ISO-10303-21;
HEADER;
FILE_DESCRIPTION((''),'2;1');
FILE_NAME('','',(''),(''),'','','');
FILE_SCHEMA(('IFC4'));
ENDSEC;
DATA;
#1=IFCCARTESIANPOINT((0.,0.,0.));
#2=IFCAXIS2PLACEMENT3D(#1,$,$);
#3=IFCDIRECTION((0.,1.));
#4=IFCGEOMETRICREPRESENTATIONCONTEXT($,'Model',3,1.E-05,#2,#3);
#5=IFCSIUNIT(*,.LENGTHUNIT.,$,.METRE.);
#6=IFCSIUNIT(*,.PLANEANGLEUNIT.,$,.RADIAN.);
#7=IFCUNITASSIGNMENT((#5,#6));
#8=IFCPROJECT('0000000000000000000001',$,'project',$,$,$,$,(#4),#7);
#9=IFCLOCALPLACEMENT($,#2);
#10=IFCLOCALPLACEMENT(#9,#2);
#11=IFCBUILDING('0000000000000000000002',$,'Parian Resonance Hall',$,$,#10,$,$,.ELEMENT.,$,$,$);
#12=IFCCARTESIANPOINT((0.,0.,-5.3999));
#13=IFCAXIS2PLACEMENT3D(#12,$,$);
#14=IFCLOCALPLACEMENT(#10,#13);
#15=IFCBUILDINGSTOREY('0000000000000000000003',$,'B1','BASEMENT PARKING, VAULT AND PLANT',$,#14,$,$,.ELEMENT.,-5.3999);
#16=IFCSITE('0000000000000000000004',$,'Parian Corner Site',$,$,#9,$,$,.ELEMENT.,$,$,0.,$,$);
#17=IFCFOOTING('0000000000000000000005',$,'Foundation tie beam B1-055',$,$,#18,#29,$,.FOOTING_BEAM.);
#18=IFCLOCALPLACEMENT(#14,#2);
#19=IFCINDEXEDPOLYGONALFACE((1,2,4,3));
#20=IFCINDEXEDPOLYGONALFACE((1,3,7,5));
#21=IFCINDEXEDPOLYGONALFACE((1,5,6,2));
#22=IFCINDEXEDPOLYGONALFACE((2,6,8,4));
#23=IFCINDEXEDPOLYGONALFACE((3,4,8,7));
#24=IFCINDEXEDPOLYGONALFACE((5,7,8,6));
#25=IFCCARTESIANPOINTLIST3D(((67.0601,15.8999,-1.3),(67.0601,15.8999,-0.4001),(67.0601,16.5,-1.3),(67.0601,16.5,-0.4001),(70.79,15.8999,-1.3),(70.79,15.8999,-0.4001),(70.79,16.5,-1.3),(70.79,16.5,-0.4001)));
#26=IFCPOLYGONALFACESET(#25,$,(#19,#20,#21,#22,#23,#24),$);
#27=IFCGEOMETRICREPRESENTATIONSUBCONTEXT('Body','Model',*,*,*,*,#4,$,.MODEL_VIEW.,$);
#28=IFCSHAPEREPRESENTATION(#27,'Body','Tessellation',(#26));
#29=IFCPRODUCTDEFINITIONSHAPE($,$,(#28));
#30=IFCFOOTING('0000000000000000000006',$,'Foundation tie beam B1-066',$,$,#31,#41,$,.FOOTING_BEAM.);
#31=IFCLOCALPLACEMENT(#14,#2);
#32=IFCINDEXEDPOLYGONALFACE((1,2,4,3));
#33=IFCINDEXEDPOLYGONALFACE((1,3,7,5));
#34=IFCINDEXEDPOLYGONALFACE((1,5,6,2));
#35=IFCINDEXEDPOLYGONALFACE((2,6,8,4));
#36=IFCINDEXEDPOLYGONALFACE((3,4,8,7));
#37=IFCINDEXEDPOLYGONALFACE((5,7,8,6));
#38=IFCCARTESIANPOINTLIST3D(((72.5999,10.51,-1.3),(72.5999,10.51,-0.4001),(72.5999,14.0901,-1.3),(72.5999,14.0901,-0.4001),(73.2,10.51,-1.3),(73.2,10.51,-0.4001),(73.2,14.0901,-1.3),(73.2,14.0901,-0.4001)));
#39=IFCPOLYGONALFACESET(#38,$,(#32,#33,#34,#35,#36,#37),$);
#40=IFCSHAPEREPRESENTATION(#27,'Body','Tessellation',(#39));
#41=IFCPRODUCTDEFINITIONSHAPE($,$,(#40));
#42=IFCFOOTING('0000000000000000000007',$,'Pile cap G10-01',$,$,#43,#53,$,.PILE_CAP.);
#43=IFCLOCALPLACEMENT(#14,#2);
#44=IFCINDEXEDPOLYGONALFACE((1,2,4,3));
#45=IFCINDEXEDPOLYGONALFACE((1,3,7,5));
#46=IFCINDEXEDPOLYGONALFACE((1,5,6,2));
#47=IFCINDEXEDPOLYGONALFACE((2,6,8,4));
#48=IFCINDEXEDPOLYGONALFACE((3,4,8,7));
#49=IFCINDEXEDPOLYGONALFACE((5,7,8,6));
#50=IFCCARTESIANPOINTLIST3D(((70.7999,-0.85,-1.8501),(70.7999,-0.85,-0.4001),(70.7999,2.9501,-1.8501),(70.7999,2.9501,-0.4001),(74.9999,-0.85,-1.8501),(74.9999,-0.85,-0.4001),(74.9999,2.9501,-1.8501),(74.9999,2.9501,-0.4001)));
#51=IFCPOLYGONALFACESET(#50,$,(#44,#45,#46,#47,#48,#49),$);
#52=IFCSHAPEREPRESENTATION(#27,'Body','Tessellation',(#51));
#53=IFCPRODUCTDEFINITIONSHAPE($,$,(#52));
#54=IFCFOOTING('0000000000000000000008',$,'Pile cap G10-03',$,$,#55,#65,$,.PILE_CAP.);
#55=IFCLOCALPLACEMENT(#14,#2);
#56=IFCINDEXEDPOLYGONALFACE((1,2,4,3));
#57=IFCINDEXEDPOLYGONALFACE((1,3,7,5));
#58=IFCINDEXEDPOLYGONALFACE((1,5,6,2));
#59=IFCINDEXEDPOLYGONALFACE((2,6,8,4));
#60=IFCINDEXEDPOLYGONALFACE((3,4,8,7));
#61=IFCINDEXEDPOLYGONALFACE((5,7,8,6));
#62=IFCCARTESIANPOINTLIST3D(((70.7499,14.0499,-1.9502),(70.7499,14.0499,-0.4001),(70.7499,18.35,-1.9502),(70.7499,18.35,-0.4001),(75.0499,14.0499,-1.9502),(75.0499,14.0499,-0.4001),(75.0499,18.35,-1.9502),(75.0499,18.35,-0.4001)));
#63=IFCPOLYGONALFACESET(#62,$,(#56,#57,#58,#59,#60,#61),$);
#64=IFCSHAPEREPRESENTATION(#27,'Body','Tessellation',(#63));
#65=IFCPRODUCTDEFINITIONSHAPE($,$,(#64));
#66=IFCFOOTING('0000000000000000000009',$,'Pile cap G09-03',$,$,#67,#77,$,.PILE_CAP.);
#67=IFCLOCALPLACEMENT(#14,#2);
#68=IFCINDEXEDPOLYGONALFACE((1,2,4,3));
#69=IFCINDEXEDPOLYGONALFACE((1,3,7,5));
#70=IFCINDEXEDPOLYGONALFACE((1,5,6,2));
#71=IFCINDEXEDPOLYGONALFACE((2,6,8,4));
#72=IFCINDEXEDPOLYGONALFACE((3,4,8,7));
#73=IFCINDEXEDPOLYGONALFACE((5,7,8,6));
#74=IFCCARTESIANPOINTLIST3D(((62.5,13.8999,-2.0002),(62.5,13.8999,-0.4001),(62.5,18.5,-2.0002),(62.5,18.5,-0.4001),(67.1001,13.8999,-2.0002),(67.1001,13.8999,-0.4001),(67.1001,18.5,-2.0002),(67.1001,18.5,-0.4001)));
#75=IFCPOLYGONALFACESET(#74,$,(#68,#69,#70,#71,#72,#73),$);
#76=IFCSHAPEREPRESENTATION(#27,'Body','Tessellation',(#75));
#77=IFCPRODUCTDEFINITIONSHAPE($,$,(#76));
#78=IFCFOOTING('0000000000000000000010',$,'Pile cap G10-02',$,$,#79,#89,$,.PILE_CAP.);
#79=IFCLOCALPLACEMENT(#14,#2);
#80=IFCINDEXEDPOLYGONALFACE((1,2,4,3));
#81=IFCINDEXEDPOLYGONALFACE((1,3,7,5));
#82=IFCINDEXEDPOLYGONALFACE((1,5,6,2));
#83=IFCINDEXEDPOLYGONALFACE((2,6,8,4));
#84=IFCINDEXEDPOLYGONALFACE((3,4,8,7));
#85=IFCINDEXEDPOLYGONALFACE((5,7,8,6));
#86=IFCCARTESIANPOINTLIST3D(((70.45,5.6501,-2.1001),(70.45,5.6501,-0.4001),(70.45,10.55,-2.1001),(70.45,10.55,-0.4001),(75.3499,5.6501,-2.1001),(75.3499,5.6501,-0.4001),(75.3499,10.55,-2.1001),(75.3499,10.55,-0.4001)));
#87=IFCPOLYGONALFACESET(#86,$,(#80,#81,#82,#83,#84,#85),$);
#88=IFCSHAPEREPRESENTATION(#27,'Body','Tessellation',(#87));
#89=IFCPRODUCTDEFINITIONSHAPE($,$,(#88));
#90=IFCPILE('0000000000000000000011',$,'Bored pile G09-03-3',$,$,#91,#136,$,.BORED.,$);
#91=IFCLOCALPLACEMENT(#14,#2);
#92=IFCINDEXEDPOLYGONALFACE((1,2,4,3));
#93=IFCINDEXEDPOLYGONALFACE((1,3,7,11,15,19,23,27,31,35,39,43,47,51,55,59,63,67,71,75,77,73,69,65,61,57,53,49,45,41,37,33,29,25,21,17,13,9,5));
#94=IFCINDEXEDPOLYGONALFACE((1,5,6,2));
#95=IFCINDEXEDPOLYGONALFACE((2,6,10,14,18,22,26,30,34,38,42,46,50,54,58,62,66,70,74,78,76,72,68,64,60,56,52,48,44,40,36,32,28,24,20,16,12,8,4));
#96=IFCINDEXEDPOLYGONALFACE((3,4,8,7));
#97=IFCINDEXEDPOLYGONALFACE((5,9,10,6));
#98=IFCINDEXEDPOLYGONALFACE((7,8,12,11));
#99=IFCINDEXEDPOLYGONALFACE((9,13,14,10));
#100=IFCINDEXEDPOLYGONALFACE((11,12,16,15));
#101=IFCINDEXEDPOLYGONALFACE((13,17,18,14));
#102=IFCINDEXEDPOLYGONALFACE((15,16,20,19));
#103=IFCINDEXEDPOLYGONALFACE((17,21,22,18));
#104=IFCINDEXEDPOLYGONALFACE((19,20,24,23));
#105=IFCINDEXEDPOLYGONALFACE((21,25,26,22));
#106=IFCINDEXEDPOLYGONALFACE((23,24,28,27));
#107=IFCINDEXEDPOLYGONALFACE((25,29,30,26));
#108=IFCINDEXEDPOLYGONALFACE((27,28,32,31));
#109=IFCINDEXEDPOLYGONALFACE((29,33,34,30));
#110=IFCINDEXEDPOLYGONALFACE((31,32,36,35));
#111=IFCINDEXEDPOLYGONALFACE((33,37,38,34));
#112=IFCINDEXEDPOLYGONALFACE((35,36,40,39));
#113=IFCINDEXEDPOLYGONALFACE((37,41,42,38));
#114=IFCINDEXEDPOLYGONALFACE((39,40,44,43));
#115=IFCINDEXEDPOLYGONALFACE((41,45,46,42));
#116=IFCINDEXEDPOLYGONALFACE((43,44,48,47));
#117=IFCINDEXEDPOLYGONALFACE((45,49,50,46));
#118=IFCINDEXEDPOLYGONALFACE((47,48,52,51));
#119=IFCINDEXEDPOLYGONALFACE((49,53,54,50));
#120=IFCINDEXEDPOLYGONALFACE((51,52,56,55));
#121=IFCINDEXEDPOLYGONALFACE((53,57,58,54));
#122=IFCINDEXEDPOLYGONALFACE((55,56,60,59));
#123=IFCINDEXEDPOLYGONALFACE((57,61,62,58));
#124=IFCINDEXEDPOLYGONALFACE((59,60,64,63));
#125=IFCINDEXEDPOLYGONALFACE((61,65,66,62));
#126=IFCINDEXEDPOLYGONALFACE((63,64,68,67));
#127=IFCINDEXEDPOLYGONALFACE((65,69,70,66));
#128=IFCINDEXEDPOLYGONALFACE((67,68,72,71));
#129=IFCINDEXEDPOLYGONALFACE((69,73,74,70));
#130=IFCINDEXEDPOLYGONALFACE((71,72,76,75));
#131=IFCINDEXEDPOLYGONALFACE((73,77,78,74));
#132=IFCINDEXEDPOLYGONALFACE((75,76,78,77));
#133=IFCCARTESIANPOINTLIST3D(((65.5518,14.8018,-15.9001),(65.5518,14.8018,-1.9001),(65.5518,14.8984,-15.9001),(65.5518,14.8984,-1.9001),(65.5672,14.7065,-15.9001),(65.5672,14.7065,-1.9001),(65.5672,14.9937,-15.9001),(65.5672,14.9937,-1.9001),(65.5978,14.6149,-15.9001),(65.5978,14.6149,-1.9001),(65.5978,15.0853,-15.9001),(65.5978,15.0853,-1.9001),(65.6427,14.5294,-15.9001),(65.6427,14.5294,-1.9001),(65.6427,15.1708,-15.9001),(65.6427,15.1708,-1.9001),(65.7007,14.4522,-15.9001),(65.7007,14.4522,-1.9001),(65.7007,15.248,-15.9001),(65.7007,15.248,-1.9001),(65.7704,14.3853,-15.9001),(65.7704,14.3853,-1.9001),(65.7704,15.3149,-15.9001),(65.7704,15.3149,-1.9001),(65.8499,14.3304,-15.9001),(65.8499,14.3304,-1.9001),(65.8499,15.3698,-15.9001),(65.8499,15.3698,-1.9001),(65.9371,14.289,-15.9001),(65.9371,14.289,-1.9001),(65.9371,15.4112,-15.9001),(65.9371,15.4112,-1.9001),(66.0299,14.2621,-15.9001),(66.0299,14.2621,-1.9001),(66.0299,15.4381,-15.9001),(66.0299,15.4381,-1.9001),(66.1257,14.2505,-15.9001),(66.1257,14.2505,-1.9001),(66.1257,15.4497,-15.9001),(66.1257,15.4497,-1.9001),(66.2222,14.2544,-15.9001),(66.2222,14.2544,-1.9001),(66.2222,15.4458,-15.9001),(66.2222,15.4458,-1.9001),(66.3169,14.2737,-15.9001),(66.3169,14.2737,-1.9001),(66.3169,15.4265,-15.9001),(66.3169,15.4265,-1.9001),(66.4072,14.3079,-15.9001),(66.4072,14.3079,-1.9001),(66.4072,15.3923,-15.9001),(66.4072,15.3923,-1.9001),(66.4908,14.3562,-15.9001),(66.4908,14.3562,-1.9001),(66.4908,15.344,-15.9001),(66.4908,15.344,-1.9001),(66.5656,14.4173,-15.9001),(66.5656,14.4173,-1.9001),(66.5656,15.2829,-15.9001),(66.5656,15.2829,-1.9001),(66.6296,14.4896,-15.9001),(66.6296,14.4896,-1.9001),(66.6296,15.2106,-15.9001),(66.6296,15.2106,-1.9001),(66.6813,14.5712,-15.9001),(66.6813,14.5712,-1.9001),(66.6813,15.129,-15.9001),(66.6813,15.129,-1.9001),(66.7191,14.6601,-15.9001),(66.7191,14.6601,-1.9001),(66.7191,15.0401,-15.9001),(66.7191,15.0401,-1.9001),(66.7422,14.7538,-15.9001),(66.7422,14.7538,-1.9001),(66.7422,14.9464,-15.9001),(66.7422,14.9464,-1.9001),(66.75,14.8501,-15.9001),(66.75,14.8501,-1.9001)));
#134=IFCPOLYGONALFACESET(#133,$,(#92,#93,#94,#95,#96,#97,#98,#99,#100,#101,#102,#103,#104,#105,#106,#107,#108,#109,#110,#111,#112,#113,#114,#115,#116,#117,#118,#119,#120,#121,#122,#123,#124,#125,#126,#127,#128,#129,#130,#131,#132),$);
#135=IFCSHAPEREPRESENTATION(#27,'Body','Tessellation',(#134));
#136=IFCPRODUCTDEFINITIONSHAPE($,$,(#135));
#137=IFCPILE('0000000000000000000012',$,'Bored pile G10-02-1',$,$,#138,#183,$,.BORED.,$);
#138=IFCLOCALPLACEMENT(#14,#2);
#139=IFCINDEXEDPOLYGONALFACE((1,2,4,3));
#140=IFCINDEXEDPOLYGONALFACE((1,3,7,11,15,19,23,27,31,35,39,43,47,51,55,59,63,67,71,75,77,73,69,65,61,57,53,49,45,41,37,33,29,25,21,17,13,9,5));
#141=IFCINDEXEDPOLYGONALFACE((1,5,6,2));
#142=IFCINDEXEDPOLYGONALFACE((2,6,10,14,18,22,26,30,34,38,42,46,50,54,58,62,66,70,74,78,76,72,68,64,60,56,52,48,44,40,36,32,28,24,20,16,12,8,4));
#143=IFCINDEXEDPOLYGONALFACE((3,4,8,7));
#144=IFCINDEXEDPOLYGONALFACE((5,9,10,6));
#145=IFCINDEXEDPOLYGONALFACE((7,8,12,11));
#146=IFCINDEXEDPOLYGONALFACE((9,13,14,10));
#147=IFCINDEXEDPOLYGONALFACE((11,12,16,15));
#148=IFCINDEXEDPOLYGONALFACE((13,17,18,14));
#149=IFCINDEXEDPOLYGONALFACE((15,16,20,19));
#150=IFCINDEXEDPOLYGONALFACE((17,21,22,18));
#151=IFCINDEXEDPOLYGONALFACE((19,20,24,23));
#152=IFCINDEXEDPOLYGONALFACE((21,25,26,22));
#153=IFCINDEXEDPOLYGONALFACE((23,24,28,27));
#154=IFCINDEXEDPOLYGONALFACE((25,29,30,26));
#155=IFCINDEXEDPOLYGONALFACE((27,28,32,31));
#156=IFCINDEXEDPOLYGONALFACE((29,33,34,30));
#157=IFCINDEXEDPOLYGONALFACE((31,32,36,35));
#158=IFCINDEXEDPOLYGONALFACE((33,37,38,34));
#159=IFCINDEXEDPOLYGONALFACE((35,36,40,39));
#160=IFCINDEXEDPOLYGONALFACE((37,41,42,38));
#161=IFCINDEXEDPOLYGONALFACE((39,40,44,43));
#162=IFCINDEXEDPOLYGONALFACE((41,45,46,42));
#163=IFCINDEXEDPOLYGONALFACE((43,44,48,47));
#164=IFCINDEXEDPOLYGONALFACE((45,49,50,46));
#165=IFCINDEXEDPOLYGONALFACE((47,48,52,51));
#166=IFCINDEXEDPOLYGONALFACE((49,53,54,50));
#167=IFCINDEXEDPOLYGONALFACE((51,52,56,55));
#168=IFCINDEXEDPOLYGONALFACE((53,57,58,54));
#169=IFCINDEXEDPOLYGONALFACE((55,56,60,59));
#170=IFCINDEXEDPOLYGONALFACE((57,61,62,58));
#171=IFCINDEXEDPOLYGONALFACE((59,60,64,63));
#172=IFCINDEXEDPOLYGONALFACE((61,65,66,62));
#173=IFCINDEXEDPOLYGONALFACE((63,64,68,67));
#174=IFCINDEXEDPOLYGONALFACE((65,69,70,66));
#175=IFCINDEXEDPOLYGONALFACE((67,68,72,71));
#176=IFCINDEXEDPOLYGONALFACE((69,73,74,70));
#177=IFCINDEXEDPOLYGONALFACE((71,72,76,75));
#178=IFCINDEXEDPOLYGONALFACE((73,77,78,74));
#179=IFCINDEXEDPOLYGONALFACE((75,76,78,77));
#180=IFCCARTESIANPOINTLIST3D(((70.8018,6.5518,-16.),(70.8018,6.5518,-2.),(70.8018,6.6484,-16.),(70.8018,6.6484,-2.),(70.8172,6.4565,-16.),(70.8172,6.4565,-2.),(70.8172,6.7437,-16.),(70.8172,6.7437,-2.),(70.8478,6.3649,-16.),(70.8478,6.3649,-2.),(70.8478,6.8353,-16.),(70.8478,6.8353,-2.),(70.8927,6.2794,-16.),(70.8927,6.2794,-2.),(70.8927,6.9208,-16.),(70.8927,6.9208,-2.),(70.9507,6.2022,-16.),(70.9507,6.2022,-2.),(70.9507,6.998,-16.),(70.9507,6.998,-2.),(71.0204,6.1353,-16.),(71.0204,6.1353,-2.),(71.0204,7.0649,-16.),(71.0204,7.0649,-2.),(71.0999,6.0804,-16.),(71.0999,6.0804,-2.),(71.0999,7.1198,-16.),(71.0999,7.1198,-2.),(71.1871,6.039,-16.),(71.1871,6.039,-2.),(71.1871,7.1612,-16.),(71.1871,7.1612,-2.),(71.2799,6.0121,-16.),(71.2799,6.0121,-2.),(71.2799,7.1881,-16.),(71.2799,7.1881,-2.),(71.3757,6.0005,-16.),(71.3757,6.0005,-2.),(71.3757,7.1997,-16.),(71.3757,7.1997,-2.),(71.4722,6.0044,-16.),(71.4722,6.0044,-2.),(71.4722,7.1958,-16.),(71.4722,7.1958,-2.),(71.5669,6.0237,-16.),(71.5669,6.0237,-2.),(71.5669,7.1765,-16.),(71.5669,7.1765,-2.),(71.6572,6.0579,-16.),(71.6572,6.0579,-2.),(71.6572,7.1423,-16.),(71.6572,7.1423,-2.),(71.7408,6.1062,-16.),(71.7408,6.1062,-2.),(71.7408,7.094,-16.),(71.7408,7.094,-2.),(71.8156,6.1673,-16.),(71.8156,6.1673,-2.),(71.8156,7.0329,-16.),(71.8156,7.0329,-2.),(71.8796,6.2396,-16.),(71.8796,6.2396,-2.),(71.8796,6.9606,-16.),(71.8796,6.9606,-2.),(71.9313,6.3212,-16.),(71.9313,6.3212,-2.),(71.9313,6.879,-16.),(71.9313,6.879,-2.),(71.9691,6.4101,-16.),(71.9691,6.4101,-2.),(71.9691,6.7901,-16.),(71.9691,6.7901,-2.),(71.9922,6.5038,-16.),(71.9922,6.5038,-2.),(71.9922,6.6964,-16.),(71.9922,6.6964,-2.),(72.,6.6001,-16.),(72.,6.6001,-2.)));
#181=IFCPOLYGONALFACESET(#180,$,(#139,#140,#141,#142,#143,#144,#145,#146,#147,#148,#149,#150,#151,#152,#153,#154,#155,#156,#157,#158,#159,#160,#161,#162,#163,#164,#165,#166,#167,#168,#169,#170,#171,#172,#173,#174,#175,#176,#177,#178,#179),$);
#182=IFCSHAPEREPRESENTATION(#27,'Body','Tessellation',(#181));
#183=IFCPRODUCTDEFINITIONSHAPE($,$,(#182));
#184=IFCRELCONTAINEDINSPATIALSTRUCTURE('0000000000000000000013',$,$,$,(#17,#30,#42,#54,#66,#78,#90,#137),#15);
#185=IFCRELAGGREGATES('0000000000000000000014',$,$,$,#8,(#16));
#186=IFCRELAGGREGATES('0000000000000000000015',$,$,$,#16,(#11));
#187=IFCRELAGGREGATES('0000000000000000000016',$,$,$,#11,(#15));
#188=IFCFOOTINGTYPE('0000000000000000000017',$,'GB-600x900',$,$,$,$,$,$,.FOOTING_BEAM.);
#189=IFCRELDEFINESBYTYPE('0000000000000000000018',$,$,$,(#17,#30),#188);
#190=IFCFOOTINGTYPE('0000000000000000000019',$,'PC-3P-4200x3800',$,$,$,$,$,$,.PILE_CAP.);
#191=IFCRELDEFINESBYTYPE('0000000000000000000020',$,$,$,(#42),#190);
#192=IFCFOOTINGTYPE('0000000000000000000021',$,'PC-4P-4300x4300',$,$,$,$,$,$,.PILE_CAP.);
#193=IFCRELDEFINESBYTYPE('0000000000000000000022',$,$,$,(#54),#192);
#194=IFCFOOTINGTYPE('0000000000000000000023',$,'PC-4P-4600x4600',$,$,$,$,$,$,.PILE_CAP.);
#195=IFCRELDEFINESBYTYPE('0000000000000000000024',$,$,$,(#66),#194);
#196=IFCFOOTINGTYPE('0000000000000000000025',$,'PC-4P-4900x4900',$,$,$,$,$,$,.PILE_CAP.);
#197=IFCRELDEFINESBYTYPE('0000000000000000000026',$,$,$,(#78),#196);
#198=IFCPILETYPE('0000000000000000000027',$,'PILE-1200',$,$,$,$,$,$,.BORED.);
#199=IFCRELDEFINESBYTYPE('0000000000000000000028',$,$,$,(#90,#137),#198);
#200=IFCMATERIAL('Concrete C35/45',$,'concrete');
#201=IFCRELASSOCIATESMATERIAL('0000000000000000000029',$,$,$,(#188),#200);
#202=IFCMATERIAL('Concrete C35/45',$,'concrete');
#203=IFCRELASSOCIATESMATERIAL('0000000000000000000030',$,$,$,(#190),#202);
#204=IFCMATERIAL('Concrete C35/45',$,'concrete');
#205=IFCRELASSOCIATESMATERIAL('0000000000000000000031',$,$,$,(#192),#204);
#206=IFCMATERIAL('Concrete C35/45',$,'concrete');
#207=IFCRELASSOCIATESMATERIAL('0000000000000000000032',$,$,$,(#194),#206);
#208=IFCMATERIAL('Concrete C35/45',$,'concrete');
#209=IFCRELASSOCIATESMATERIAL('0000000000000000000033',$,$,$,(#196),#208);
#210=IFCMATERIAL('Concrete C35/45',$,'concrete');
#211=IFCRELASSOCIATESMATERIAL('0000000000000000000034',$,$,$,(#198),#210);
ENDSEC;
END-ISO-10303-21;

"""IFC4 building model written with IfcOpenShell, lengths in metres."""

from ifc_helpers import new_model, si_unit, direction, frame, origin, origin_2d, place, context, subcontext, project, spatial, rectangle, circle, extrude, material, material_profile, profile_set, type_object, element, save


model = new_model("IFC4")

# Units and contexts
model_context = context("Model", 3, precision=1e-05, world=origin(), true_north=direction((0.0, 1.0)))
body_context = subcontext(model_context, "Body", "Model", "MODEL_VIEW")
ifc_project = project(units=[si_unit("LENGTHUNIT", "METRE"), si_unit("PLANEANGLEUNIT", "RADIAN")], contexts=[model_context])

# Site, building, storey
site_placement = place(None, origin())
site = spatial("IfcSite", under=ifc_project, at=site_placement, Name="Parian Corner Site", CompositionType="ELEMENT", RefElevation=0.0)
building_placement = place(site_placement, origin())
building = spatial("IfcBuilding", under=site, at=building_placement, Name="Parian Resonance Hall", CompositionType="ELEMENT")
storey_placement = place(building_placement, frame((0.0, 0.0, -5.3999)))
storey = spatial("IfcBuildingStorey", under=building, at=storey_placement, Name="B1", Description="BASEMENT PARKING, VAULT AND PLANT", CompositionType="ELEMENT", Elevation=-5.3999)

# Footings
ifc_material_1 = material(Name="Concrete C35/45", Category="concrete")
ifc_material_profile_1 = material_profile(ifc_material_1, rectangle(XDim=0.6001, YDim=0.8999, at=origin_2d()), Name="RC-GB-600x900")
ifc_profile_set_1 = profile_set([ifc_material_profile_1], Name="Concrete C35/45")
footing_type_1 = type_object("IfcFootingType", Name="GB-600x900", PredefinedType="FOOTING_BEAM", material=ifc_profile_set_1)
footing_1_placement = place(storey_placement, frame((67.0601, 16.2, -0.8501), z_axis=(1.0, 0.0, 0.0), x_axis=(0.0, 1.0, 0.0)))
element("IfcFooting", 1, at=footing_1_placement, inside=storey, type_object=footing_type_1, Name="Foundation tie beam B1-055", PredefinedType="FOOTING_BEAM", context=body_context, shape_type="SweptSolid", body=[
    extrude(rectangle(XDim=0.6001, YDim=0.8999, at=origin_2d()), origin(), (0.0, 0.0, 1.0), 3.73),
])
footing_2_placement = place(storey_placement, frame((72.8999, 10.51, -0.8501), z_axis=(0.0, 1.0, 0.0), x_axis=(-1.0, 0.0, 0.0)))
element("IfcFooting", 2, at=footing_2_placement, inside=storey, type_object=footing_type_1, Name="Foundation tie beam B1-066", PredefinedType="FOOTING_BEAM", context=body_context, shape_type="SweptSolid", body=[
    extrude(rectangle(XDim=0.6001, YDim=0.8999, at=origin_2d()), origin(), (0.0, 0.0, 1.0), 3.5801),
])
ifc_material_2 = material(Name="Concrete C35/45", Category="concrete")
footing_type_2 = type_object("IfcFootingType", Name="PC-3P-4200x3800", PredefinedType="PILE_CAP", material=ifc_material_2)
footing_3_placement = place(storey_placement, frame((72.8999, 1.05, -1.8501), z_axis=(0.0, 0.0, 1.0), x_axis=(1.0, 0.0, 0.0)))
element("IfcFooting", 3, at=footing_3_placement, inside=storey, type_object=footing_type_2, Name="Pile cap G10-01", PredefinedType="PILE_CAP", context=body_context, shape_type="SweptSolid", body=[
    extrude(rectangle(XDim=4.2, YDim=3.8, at=origin_2d()), origin(), (0.0, 0.0, 1.0), 1.45),
])
ifc_material_3 = material(Name="Concrete C35/45", Category="concrete")
footing_type_3 = type_object("IfcFootingType", Name="PC-4P-4300x4300", PredefinedType="PILE_CAP", material=ifc_material_3)
footing_4_placement = place(storey_placement, frame((72.8999, 16.2, -1.9502), z_axis=(0.0, 0.0, 1.0), x_axis=(1.0, 0.0, 0.0)))
element("IfcFooting", 4, at=footing_4_placement, inside=storey, type_object=footing_type_3, Name="Pile cap G10-03", PredefinedType="PILE_CAP", context=body_context, shape_type="SweptSolid", body=[
    extrude(rectangle(XDim=4.3, YDim=4.3, at=origin_2d()), origin(), (0.0, 0.0, 1.0), 1.55),
])
ifc_material_4 = material(Name="Concrete C35/45", Category="concrete")
footing_type_4 = type_object("IfcFootingType", Name="PC-4P-4600x4600", PredefinedType="PILE_CAP", material=ifc_material_4)
footing_5_placement = place(storey_placement, frame((64.8, 16.2, -2.0002), z_axis=(0.0, 0.0, 1.0), x_axis=(1.0, 0.0, 0.0)))
element("IfcFooting", 5, at=footing_5_placement, inside=storey, type_object=footing_type_4, Name="Pile cap G09-03", PredefinedType="PILE_CAP", context=body_context, shape_type="SweptSolid", body=[
    extrude(rectangle(XDim=4.6001, YDim=4.6001, at=origin_2d()), origin(), (0.0, 0.0, 1.0), 1.6001),
])
ifc_material_5 = material(Name="Concrete C35/45", Category="concrete")
footing_type_5 = type_object("IfcFootingType", Name="PC-4P-4900x4900", PredefinedType="PILE_CAP", material=ifc_material_5)
footing_6_placement = place(storey_placement, frame((72.8999, 8.1001, -2.1001), z_axis=(0.0, 0.0, 1.0), x_axis=(1.0, 0.0, 0.0)))
element("IfcFooting", 6, at=footing_6_placement, inside=storey, type_object=footing_type_5, Name="Pile cap G10-02", PredefinedType="PILE_CAP", context=body_context, shape_type="SweptSolid", body=[
    extrude(rectangle(XDim=4.8999, YDim=4.8999, at=origin_2d()), origin(), (0.0, 0.0, 1.0), 1.7),
])

# Piles
ifc_material_6 = material(Name="Concrete C35/45", Category="concrete")
ifc_material_profile_2 = material_profile(ifc_material_6, circle(Radius=0.6001, at=origin_2d()), Name="PILE-D1200")
ifc_profile_set_2 = profile_set([ifc_material_profile_2], Name="Concrete C35/45")
pile_type_1 = type_object("IfcPileType", Name="PILE-1200", PredefinedType="BORED", material=ifc_profile_set_2)
for number, where, z_axis, x_axis, name in (
    (7, (66.1499, 14.8501, -1.9001), (0.0, 0.0, -1.0), (1.0, 0.0, 0.0), "Bored pile G09-03-3"),
    (8, (71.3999, 6.6001, -2.0), (0.0, 0.0, -1.0), (1.0, 0.0, 0.0), "Bored pile G10-02-1"),
):
    element("IfcPile", number, at=place(storey_placement, frame(where, z_axis=z_axis, x_axis=x_axis)), inside=storey, type_object=pile_type_1, Name=name, PredefinedType="BORED", context=body_context, shape_type="SweptSolid", body=[
        extrude(circle(Radius=0.6001, at=origin_2d()), origin(), (0.0, 0.0, 1.0), 14.0),
    ])

save(model, "model.ifc")
